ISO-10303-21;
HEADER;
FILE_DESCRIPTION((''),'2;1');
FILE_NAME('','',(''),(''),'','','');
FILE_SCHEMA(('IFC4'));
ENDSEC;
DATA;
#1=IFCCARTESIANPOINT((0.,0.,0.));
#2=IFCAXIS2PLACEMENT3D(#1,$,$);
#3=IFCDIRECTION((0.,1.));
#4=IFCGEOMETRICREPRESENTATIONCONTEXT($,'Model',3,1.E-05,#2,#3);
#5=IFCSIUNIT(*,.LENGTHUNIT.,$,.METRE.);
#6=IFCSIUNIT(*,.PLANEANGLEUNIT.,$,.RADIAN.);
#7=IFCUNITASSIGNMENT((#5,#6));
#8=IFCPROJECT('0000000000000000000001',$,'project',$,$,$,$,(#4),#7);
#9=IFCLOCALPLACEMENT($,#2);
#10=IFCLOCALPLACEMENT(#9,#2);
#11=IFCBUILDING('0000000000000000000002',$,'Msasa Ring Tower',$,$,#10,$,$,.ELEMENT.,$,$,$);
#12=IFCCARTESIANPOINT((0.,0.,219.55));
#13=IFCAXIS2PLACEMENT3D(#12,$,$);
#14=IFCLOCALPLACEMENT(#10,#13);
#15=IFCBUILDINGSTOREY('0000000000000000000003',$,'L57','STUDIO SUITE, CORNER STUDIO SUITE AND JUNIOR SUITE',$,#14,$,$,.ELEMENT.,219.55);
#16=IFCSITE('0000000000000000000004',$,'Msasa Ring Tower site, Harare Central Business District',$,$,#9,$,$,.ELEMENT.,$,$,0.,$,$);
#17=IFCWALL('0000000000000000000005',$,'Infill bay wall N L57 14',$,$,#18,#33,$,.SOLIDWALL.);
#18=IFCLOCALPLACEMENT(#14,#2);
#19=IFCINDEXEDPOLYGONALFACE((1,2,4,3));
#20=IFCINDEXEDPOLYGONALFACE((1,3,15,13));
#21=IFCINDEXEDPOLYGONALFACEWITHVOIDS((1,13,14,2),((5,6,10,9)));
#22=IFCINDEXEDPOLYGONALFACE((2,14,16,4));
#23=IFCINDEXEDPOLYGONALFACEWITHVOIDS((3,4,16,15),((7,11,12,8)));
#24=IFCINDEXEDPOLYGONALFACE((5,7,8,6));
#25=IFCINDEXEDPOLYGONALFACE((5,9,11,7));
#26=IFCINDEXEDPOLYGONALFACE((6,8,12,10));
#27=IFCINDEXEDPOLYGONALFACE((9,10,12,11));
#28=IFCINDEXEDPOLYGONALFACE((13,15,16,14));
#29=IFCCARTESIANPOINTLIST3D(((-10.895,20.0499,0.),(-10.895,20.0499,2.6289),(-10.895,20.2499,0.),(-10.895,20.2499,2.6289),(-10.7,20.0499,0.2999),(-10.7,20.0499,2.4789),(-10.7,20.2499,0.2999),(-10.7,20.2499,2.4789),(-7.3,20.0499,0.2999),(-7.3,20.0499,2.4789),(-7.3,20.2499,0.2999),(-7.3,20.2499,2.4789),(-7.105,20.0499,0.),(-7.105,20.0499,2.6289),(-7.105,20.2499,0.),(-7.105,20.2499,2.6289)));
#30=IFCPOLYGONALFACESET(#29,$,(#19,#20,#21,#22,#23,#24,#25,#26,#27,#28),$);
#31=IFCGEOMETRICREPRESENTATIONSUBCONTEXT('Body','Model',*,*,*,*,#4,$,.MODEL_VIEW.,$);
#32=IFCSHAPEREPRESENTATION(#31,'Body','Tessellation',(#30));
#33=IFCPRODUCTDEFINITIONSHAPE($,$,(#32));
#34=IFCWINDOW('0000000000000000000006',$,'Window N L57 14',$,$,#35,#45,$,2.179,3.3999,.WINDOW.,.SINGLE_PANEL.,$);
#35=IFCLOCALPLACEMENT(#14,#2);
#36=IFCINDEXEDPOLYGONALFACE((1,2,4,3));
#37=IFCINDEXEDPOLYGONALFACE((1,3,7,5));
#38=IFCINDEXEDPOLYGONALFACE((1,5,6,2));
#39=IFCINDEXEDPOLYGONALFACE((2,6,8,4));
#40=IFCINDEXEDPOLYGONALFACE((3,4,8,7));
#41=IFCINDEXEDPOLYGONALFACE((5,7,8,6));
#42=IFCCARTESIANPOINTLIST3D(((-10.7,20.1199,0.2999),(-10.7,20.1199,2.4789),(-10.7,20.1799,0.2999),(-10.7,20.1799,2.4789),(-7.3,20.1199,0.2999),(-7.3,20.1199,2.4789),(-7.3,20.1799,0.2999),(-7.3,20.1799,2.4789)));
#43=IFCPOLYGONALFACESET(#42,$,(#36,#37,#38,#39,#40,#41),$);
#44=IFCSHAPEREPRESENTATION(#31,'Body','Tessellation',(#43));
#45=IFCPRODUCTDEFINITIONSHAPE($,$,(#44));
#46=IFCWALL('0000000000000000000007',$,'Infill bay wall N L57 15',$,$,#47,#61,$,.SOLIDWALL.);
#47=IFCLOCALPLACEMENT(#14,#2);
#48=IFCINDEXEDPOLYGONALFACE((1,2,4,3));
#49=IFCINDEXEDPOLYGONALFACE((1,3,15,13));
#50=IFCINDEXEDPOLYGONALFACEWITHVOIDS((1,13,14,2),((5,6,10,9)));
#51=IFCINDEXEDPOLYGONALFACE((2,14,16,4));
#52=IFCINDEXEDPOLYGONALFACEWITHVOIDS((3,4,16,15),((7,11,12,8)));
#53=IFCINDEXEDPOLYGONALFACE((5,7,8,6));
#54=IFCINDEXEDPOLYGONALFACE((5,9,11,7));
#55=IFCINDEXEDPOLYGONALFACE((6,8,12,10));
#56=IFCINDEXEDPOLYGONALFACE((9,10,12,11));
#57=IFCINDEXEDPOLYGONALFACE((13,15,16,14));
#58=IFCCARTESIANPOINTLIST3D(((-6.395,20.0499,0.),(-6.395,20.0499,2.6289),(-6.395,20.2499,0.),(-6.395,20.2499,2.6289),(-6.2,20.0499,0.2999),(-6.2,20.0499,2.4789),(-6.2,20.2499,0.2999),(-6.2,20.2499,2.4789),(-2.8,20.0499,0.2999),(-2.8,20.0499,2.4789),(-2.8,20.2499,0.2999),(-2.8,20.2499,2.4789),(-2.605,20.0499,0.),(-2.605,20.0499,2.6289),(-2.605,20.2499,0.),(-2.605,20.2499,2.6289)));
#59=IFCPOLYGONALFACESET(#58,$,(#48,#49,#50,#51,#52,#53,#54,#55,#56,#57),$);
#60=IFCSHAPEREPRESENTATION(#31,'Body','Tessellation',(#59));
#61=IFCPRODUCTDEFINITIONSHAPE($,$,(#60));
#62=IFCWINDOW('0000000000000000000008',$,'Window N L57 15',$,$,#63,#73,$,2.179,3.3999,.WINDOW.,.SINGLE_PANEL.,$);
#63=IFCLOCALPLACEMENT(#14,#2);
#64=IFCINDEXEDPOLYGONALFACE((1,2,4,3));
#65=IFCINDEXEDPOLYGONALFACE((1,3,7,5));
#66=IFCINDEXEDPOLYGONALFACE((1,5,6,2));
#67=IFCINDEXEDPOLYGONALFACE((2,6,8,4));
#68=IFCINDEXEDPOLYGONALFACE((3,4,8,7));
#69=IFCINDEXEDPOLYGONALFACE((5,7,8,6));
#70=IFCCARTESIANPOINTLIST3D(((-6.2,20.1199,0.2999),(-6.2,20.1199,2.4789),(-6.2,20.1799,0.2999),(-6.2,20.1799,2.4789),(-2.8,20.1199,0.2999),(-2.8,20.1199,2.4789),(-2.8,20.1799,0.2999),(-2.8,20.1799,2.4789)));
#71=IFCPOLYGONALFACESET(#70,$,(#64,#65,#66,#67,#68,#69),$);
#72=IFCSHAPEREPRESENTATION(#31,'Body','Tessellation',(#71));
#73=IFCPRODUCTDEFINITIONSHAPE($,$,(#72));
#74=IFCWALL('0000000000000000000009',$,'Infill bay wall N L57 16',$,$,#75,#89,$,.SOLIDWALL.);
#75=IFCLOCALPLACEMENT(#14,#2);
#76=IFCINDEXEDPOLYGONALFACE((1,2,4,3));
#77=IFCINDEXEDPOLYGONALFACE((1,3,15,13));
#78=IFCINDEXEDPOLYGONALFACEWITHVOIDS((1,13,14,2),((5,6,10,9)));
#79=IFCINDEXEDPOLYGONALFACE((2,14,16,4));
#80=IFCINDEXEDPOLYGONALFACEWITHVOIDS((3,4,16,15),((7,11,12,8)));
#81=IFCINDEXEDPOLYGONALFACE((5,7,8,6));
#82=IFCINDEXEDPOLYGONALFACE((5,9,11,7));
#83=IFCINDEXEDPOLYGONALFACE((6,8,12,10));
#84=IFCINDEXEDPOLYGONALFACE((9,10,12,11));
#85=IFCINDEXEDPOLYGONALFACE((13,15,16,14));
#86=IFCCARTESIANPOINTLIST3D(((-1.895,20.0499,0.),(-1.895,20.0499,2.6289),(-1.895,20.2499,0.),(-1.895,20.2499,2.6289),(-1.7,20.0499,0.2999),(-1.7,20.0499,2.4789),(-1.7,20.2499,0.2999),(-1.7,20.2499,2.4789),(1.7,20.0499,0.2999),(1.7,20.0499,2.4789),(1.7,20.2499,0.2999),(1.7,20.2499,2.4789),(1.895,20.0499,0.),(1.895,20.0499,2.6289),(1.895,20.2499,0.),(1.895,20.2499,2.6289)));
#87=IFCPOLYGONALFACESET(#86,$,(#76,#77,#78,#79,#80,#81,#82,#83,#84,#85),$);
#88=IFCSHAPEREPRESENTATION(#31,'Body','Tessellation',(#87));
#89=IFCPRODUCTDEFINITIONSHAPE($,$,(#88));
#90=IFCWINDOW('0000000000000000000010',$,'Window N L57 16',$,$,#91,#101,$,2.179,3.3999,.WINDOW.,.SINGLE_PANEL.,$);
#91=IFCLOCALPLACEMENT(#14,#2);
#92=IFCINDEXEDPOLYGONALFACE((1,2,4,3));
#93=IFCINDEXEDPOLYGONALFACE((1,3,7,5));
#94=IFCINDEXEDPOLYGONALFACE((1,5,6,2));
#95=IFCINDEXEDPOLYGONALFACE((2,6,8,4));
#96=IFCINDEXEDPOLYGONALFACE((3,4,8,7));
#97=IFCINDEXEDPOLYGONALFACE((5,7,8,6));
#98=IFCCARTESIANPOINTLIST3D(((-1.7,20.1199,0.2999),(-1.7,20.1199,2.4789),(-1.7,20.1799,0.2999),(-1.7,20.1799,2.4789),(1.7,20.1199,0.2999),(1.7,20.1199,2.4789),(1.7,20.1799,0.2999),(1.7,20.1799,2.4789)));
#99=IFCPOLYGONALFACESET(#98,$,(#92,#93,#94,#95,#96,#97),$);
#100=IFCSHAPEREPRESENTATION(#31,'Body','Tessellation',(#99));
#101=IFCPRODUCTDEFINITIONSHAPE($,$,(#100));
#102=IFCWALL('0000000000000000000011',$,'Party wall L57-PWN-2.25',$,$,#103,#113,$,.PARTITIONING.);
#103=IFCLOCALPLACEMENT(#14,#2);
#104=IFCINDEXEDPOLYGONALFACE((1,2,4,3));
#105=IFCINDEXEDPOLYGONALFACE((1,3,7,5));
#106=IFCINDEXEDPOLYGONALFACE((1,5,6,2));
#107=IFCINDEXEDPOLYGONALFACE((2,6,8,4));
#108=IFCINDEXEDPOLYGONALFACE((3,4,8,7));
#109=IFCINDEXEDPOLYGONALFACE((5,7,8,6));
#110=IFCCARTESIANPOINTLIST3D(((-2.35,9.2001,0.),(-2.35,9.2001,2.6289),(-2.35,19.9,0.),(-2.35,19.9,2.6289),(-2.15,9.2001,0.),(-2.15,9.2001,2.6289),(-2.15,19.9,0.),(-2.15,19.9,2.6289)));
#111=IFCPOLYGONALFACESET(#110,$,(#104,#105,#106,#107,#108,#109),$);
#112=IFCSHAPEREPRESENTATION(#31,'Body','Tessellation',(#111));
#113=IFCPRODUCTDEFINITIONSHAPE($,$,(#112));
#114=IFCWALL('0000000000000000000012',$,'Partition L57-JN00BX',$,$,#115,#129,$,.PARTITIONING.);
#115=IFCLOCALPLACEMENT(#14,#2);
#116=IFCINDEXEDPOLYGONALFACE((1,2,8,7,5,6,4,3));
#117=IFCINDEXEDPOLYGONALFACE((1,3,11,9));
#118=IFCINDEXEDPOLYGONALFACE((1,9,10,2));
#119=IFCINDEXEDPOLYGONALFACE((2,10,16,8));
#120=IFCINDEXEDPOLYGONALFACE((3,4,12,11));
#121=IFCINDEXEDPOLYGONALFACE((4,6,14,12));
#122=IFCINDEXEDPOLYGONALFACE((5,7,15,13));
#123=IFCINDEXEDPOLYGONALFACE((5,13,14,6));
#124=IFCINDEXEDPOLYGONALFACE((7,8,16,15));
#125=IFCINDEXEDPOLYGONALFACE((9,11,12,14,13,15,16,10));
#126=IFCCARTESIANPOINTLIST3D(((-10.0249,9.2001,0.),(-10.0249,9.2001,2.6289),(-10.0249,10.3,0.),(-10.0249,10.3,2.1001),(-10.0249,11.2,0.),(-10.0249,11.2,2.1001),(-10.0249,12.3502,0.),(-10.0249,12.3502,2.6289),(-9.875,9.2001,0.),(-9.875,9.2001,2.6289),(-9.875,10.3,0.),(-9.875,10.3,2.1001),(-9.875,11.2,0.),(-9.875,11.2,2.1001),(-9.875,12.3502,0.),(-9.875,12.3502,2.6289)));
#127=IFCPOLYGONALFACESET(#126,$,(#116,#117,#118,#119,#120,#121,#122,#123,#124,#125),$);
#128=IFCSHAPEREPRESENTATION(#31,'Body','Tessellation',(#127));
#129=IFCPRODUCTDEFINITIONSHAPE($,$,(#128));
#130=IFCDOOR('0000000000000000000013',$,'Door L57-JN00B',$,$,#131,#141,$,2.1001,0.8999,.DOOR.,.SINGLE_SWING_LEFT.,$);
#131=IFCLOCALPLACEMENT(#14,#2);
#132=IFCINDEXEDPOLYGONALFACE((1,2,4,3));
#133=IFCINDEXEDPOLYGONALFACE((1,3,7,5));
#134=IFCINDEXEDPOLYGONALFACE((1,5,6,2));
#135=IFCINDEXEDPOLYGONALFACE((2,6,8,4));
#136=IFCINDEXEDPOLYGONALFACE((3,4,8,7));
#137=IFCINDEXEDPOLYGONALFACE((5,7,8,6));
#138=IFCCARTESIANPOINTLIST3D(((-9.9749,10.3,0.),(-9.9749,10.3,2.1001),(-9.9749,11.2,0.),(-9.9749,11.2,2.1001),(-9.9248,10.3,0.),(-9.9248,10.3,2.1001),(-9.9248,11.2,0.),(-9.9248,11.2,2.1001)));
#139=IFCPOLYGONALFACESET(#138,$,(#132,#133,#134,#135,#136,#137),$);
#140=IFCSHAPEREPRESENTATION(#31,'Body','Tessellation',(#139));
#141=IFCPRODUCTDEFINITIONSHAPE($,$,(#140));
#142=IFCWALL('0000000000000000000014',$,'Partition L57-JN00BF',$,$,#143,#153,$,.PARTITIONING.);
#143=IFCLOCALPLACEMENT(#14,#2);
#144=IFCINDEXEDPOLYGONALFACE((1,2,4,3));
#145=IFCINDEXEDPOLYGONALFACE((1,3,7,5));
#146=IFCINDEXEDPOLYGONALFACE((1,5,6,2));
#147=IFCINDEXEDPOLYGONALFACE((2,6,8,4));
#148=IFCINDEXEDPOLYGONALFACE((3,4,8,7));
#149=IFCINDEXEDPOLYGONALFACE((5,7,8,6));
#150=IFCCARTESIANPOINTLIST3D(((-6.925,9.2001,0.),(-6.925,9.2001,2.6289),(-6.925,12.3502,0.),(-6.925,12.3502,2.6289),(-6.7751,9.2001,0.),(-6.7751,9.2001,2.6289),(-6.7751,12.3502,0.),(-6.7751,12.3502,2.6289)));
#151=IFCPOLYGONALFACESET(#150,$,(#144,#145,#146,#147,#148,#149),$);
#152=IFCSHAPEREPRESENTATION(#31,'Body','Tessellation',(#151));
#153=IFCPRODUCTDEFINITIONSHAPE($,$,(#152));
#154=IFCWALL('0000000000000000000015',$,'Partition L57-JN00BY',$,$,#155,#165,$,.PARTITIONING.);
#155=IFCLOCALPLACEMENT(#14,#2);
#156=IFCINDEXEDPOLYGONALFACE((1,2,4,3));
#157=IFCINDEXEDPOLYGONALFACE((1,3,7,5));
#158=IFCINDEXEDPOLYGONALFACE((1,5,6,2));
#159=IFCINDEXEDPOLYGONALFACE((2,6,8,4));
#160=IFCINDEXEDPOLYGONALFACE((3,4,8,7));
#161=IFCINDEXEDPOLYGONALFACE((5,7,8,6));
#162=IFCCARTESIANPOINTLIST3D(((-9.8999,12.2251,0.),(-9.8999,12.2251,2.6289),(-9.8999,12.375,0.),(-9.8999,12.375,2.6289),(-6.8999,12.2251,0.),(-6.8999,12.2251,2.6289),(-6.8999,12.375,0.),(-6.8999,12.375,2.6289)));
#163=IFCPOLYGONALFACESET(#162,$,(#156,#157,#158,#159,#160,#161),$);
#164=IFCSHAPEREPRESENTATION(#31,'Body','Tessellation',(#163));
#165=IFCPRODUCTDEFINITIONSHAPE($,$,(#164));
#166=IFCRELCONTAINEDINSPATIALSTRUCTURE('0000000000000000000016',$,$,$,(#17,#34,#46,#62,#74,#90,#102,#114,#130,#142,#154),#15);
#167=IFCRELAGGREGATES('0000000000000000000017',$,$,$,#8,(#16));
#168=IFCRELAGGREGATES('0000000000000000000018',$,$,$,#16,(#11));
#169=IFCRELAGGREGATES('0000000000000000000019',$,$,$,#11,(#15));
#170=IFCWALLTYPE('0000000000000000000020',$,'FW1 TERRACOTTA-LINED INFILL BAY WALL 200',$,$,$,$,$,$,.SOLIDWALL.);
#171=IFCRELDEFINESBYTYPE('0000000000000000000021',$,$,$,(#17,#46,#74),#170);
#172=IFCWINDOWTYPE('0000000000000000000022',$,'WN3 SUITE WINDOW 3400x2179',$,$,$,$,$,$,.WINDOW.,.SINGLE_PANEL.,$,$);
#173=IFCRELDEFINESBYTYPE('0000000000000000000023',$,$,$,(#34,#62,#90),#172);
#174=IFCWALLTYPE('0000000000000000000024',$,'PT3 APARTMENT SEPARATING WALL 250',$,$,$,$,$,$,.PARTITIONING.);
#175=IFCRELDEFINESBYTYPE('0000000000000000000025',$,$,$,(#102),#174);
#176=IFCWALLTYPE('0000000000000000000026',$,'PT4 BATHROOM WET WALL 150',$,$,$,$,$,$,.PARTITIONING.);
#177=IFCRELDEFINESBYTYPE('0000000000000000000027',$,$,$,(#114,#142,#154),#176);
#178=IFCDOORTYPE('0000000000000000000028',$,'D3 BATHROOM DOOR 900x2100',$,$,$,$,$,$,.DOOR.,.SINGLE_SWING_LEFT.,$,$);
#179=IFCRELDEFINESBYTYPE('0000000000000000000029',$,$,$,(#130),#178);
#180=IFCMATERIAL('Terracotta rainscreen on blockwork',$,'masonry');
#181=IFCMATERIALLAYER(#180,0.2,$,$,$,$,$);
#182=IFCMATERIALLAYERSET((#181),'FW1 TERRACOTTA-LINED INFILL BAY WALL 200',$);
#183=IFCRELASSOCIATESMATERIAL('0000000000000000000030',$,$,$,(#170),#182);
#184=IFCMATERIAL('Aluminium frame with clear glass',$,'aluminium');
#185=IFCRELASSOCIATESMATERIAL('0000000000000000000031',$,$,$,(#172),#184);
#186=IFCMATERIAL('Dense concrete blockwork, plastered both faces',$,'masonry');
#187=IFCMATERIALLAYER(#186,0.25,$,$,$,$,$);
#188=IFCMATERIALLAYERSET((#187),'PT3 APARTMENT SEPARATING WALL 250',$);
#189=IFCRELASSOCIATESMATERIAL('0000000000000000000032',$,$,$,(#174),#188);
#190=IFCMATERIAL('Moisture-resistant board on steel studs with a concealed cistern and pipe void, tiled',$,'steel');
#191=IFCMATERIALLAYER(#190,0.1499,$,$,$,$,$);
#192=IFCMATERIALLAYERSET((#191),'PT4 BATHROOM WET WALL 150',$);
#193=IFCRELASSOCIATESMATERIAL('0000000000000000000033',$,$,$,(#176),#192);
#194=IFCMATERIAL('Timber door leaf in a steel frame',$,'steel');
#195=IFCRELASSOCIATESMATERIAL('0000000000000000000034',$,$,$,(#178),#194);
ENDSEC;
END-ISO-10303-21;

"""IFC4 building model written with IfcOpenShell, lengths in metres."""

from ifc_helpers import new_model, si_unit, direction, frame, frame_2d, origin, place, context, subcontext, project, spatial, rectangle, extrude, material, layer, layer_set, type_object, element, fill, save


model = new_model("IFC4")

# Units and contexts
model_context = context("Model", 3, precision=1e-05, world=origin(), true_north=direction((0.0, 1.0)))
body_context = subcontext(model_context, "Body", "Model", "MODEL_VIEW")
ifc_project = project(units=[si_unit("LENGTHUNIT", "METRE"), si_unit("PLANEANGLEUNIT", "RADIAN")], contexts=[model_context])

# Site, building, storey
site_placement = place(None, origin())
site = spatial("IfcSite", under=ifc_project, at=site_placement, Name="Msasa Ring Tower site, Harare Central Business District", CompositionType="ELEMENT", RefElevation=0.0)
building_placement = place(site_placement, origin())
building = spatial("IfcBuilding", under=site, at=building_placement, Name="Msasa Ring Tower", CompositionType="ELEMENT")
storey_placement = place(building_placement, frame((0.0, 0.0, 219.55)))
storey = spatial("IfcBuildingStorey", under=building, at=storey_placement, Name="L57", Description="STUDIO SUITE, CORNER STUDIO SUITE AND JUNIOR SUITE", CompositionType="ELEMENT", Elevation=219.55)

# Walls, openings, windows
ifc_material_1 = material(Name="Terracotta rainscreen on blockwork", Category="masonry")
ifc_layer_1 = layer(ifc_material_1, 0.2)
ifc_layer_set_1 = layer_set([ifc_layer_1], Name="FW1 TERRACOTTA-LINED INFILL BAY WALL 200")
wall_type_1 = type_object("IfcWallType", Name="FW1 TERRACOTTA-LINED INFILL BAY WALL 200", PredefinedType="SOLIDWALL", material=ifc_layer_set_1)
wall_1_placement = place(storey_placement, frame((-10.895, 20.1499, 0.0), z_axis=(0.0, 0.0, 1.0), x_axis=(1.0, 0.0, 0.0)))
wall_1 = element("IfcWall", 1, at=wall_1_placement, inside=storey, type_object=wall_type_1, Name="Infill bay wall N L57 14", PredefinedType="SOLIDWALL", context=body_context, shape_type="SweptSolid", body=[
    extrude(rectangle(XDim=3.79, YDim=0.2, at=frame_2d((1.895, 0.0))), origin(), (0.0, 0.0, 1.0), 2.6289),
])
opening_1_placement = place(wall_1_placement, frame((0.1951, 0.0, 0.3)))
opening_1 = element("IfcOpeningElement", 2, at=opening_1_placement, cuts=wall_1, PredefinedType="OPENING", context=body_context, shape_type="SweptSolid", body=[
    extrude(rectangle(XDim=3.3999, YDim=2.179, at=frame_2d((1.7, 1.0894))), frame((0.0, 0.1099, 0.0), z_axis=(0.0, -1.0, 0.0), x_axis=(1.0, 0.0, 0.0)), (0.0, 0.0, 1.0), 0.22),
])
ifc_material_2 = material(Name="Aluminium frame with clear glass", Category="aluminium")
window_type = type_object("IfcWindowType", Name="WN3 SUITE WINDOW 3400x2179", PartitioningType="SINGLE_PANEL", PredefinedType="WINDOW", material=ifc_material_2)
window_1_placement = place(opening_1_placement, origin())
window_1 = element("IfcWindow", 3, at=window_1_placement, inside=storey, type_object=window_type, Name="Window N L57 14", OverallHeight=2.179, OverallWidth=3.3999, PartitioningType="SINGLE_PANEL", PredefinedType="WINDOW", context=body_context, shape_type="SweptSolid", body=[
    extrude(rectangle(XDim=3.3999, YDim=2.179, at=frame_2d((1.7, 1.0894))), frame((0.0, 0.03, 0.0), z_axis=(0.0, -1.0, 0.0), x_axis=(1.0, 0.0, 0.0)), (0.0, 0.0, 1.0), 0.0601),
])
fill(opening_1, window_1)
wall_2_placement = place(storey_placement, frame((-6.395, 20.1499, 0.0), z_axis=(0.0, 0.0, 1.0), x_axis=(1.0, 0.0, 0.0)))
wall_2 = element("IfcWall", 4, at=wall_2_placement, inside=storey, type_object=wall_type_1, Name="Infill bay wall N L57 15", PredefinedType="SOLIDWALL", context=body_context, shape_type="SweptSolid", body=[
    extrude(rectangle(XDim=3.79, YDim=0.2, at=frame_2d((1.895, 0.0))), origin(), (0.0, 0.0, 1.0), 2.6289),
])
opening_2_placement = place(wall_2_placement, frame((0.1951, 0.0, 0.3)))
opening_2 = element("IfcOpeningElement", 5, at=opening_2_placement, cuts=wall_2, PredefinedType="OPENING", context=body_context, shape_type="SweptSolid", body=[
    extrude(rectangle(XDim=3.3999, YDim=2.179, at=frame_2d((1.7, 1.0894))), frame((0.0, 0.1099, 0.0), z_axis=(0.0, -1.0, 0.0), x_axis=(1.0, 0.0, 0.0)), (0.0, 0.0, 1.0), 0.22),
])
window_2_placement = place(opening_2_placement, origin())
window_2 = element("IfcWindow", 6, at=window_2_placement, inside=storey, type_object=window_type, Name="Window N L57 15", OverallHeight=2.179, OverallWidth=3.3999, PartitioningType="SINGLE_PANEL", PredefinedType="WINDOW", context=body_context, shape_type="SweptSolid", body=[
    extrude(rectangle(XDim=3.3999, YDim=2.179, at=frame_2d((1.7, 1.0894))), frame((0.0, 0.03, 0.0), z_axis=(0.0, -1.0, 0.0), x_axis=(1.0, 0.0, 0.0)), (0.0, 0.0, 1.0), 0.0601),
])
fill(opening_2, window_2)
wall_3_placement = place(storey_placement, frame((-1.895, 20.1499, 0.0), z_axis=(0.0, 0.0, 1.0), x_axis=(1.0, 0.0, 0.0)))
wall_3 = element("IfcWall", 7, at=wall_3_placement, inside=storey, type_object=wall_type_1, Name="Infill bay wall N L57 16", PredefinedType="SOLIDWALL", context=body_context, shape_type="SweptSolid", body=[
    extrude(rectangle(XDim=3.79, YDim=0.2, at=frame_2d((1.895, 0.0))), origin(), (0.0, 0.0, 1.0), 2.6289),
])
opening_3_placement = place(wall_3_placement, frame((0.1951, 0.0, 0.3)))
opening_3 = element("IfcOpeningElement", 8, at=opening_3_placement, cuts=wall_3, PredefinedType="OPENING", context=body_context, shape_type="SweptSolid", body=[
    extrude(rectangle(XDim=3.3999, YDim=2.179, at=frame_2d((1.7, 1.0894))), frame((0.0, 0.1099, 0.0), z_axis=(0.0, -1.0, 0.0), x_axis=(1.0, 0.0, 0.0)), (0.0, 0.0, 1.0), 0.22),
])
window_3_placement = place(opening_3_placement, origin())
window_3 = element("IfcWindow", 9, at=window_3_placement, inside=storey, type_object=window_type, Name="Window N L57 16", OverallHeight=2.179, OverallWidth=3.3999, PartitioningType="SINGLE_PANEL", PredefinedType="WINDOW", context=body_context, shape_type="SweptSolid", body=[
    extrude(rectangle(XDim=3.3999, YDim=2.179, at=frame_2d((1.7, 1.0894))), frame((0.0, 0.03, 0.0), z_axis=(0.0, -1.0, 0.0), x_axis=(1.0, 0.0, 0.0)), (0.0, 0.0, 1.0), 0.0601),
])
fill(opening_3, window_3)

# Wall
ifc_material_3 = material(Name="Dense concrete blockwork, plastered both faces", Category="masonry")
ifc_layer_2 = layer(ifc_material_3, 0.25)
ifc_layer_set_2 = layer_set([ifc_layer_2], Name="PT3 APARTMENT SEPARATING WALL 250")
wall_type_2 = type_object("IfcWallType", Name="PT3 APARTMENT SEPARATING WALL 250", PredefinedType="PARTITIONING", material=ifc_layer_set_2)
wall_4_placement = place(storey_placement, frame((-2.25, 9.2, 0.0), z_axis=(0.0, 0.0, 1.0), x_axis=(0.0, 1.0, 0.0)))
element("IfcWall", 10, at=wall_4_placement, inside=storey, type_object=wall_type_2, Name="Party wall L57-PWN-2.25", PredefinedType="PARTITIONING", context=body_context, shape_type="SweptSolid", body=[
    extrude(rectangle(XDim=10.7, YDim=0.2, at=frame_2d((5.3501, 0.0))), origin(), (0.0, 0.0, 1.0), 2.6289),
])

# Wall, opening, door
ifc_material_4 = material(Name="Moisture-resistant board on steel studs with a concealed cistern and pipe void, tiled", Category="steel")
ifc_layer_3 = layer(ifc_material_4, 0.1499)
ifc_layer_set_3 = layer_set([ifc_layer_3], Name="PT4 BATHROOM WET WALL 150")
wall_type_3 = type_object("IfcWallType", Name="PT4 BATHROOM WET WALL 150", PredefinedType="PARTITIONING", material=ifc_layer_set_3)
wall_5_placement = place(storey_placement, frame((-9.95, 9.2, 0.0), z_axis=(0.0, 0.0, 1.0), x_axis=(0.0, 1.0, 0.0)))
wall_5 = element("IfcWall", 11, at=wall_5_placement, inside=storey, type_object=wall_type_3, Name="Partition L57-JN00BX", PredefinedType="PARTITIONING", context=body_context, shape_type="SweptSolid", body=[
    extrude(rectangle(XDim=3.1501, YDim=0.1499, at=frame_2d((1.5752, 0.0))), origin(), (0.0, 0.0, 1.0), 2.6289),
])
opening_4_placement = place(wall_5_placement, frame((1.1001, 0.0, 0.0)))
opening_4 = element("IfcOpeningElement", 12, at=opening_4_placement, cuts=wall_5, PredefinedType="OPENING", context=body_context, shape_type="SweptSolid", body=[
    extrude(rectangle(XDim=0.8999, YDim=2.1001, at=frame_2d((0.45, 1.05))), frame((0.0, 0.085, 0.0), z_axis=(0.0, -1.0, 0.0), x_axis=(1.0, 0.0, 0.0)), (0.0, 0.0, 1.0), 0.1699),
])
ifc_material_5 = material(Name="Timber door leaf in a steel frame", Category="steel")
door_type = type_object("IfcDoorType", Name="D3 BATHROOM DOOR 900x2100", OperationType="SINGLE_SWING_LEFT", PredefinedType="DOOR", material=ifc_material_5)
door_1_placement = place(opening_4_placement, origin())
door_1 = element("IfcDoor", 13, at=door_1_placement, inside=storey, type_object=door_type, Name="Door L57-JN00B", OperationType="SINGLE_SWING_LEFT", OverallHeight=2.1001, OverallWidth=0.8999, PredefinedType="DOOR", context=body_context, shape_type="SweptSolid", body=[
    extrude(rectangle(XDim=0.8999, YDim=2.1001, at=frame_2d((0.45, 1.05))), frame((0.0, 0.0249, 0.0), z_axis=(0.0, -1.0, 0.0), x_axis=(1.0, 0.0, 0.0)), (0.0, 0.0, 1.0), 0.05),
])
fill(opening_4, door_1)

# Walls
wall_6_placement = place(storey_placement, frame((-6.8501, 9.2, 0.0), z_axis=(0.0, 0.0, 1.0), x_axis=(0.0, 1.0, 0.0)))
element("IfcWall", 14, at=wall_6_placement, inside=storey, type_object=wall_type_3, Name="Partition L57-JN00BF", PredefinedType="PARTITIONING", context=body_context, shape_type="SweptSolid", body=[
    extrude(rectangle(XDim=3.1501, YDim=0.1499, at=frame_2d((1.5752, 0.0))), origin(), (0.0, 0.0, 1.0), 2.6289),
])
wall_7_placement = place(storey_placement, frame((-9.8999, 12.3, 0.0), z_axis=(0.0, 0.0, 1.0), x_axis=(1.0, 0.0, 0.0)))
element("IfcWall", 15, at=wall_7_placement, inside=storey, type_object=wall_type_3, Name="Partition L57-JN00BY", PredefinedType="PARTITIONING", context=body_context, shape_type="SweptSolid", body=[
    extrude(rectangle(XDim=3.0, YDim=0.1499, at=frame_2d((1.5, 0.0))), origin(), (0.0, 0.0, 1.0), 2.6289),
])

save(model, "model.ifc")
